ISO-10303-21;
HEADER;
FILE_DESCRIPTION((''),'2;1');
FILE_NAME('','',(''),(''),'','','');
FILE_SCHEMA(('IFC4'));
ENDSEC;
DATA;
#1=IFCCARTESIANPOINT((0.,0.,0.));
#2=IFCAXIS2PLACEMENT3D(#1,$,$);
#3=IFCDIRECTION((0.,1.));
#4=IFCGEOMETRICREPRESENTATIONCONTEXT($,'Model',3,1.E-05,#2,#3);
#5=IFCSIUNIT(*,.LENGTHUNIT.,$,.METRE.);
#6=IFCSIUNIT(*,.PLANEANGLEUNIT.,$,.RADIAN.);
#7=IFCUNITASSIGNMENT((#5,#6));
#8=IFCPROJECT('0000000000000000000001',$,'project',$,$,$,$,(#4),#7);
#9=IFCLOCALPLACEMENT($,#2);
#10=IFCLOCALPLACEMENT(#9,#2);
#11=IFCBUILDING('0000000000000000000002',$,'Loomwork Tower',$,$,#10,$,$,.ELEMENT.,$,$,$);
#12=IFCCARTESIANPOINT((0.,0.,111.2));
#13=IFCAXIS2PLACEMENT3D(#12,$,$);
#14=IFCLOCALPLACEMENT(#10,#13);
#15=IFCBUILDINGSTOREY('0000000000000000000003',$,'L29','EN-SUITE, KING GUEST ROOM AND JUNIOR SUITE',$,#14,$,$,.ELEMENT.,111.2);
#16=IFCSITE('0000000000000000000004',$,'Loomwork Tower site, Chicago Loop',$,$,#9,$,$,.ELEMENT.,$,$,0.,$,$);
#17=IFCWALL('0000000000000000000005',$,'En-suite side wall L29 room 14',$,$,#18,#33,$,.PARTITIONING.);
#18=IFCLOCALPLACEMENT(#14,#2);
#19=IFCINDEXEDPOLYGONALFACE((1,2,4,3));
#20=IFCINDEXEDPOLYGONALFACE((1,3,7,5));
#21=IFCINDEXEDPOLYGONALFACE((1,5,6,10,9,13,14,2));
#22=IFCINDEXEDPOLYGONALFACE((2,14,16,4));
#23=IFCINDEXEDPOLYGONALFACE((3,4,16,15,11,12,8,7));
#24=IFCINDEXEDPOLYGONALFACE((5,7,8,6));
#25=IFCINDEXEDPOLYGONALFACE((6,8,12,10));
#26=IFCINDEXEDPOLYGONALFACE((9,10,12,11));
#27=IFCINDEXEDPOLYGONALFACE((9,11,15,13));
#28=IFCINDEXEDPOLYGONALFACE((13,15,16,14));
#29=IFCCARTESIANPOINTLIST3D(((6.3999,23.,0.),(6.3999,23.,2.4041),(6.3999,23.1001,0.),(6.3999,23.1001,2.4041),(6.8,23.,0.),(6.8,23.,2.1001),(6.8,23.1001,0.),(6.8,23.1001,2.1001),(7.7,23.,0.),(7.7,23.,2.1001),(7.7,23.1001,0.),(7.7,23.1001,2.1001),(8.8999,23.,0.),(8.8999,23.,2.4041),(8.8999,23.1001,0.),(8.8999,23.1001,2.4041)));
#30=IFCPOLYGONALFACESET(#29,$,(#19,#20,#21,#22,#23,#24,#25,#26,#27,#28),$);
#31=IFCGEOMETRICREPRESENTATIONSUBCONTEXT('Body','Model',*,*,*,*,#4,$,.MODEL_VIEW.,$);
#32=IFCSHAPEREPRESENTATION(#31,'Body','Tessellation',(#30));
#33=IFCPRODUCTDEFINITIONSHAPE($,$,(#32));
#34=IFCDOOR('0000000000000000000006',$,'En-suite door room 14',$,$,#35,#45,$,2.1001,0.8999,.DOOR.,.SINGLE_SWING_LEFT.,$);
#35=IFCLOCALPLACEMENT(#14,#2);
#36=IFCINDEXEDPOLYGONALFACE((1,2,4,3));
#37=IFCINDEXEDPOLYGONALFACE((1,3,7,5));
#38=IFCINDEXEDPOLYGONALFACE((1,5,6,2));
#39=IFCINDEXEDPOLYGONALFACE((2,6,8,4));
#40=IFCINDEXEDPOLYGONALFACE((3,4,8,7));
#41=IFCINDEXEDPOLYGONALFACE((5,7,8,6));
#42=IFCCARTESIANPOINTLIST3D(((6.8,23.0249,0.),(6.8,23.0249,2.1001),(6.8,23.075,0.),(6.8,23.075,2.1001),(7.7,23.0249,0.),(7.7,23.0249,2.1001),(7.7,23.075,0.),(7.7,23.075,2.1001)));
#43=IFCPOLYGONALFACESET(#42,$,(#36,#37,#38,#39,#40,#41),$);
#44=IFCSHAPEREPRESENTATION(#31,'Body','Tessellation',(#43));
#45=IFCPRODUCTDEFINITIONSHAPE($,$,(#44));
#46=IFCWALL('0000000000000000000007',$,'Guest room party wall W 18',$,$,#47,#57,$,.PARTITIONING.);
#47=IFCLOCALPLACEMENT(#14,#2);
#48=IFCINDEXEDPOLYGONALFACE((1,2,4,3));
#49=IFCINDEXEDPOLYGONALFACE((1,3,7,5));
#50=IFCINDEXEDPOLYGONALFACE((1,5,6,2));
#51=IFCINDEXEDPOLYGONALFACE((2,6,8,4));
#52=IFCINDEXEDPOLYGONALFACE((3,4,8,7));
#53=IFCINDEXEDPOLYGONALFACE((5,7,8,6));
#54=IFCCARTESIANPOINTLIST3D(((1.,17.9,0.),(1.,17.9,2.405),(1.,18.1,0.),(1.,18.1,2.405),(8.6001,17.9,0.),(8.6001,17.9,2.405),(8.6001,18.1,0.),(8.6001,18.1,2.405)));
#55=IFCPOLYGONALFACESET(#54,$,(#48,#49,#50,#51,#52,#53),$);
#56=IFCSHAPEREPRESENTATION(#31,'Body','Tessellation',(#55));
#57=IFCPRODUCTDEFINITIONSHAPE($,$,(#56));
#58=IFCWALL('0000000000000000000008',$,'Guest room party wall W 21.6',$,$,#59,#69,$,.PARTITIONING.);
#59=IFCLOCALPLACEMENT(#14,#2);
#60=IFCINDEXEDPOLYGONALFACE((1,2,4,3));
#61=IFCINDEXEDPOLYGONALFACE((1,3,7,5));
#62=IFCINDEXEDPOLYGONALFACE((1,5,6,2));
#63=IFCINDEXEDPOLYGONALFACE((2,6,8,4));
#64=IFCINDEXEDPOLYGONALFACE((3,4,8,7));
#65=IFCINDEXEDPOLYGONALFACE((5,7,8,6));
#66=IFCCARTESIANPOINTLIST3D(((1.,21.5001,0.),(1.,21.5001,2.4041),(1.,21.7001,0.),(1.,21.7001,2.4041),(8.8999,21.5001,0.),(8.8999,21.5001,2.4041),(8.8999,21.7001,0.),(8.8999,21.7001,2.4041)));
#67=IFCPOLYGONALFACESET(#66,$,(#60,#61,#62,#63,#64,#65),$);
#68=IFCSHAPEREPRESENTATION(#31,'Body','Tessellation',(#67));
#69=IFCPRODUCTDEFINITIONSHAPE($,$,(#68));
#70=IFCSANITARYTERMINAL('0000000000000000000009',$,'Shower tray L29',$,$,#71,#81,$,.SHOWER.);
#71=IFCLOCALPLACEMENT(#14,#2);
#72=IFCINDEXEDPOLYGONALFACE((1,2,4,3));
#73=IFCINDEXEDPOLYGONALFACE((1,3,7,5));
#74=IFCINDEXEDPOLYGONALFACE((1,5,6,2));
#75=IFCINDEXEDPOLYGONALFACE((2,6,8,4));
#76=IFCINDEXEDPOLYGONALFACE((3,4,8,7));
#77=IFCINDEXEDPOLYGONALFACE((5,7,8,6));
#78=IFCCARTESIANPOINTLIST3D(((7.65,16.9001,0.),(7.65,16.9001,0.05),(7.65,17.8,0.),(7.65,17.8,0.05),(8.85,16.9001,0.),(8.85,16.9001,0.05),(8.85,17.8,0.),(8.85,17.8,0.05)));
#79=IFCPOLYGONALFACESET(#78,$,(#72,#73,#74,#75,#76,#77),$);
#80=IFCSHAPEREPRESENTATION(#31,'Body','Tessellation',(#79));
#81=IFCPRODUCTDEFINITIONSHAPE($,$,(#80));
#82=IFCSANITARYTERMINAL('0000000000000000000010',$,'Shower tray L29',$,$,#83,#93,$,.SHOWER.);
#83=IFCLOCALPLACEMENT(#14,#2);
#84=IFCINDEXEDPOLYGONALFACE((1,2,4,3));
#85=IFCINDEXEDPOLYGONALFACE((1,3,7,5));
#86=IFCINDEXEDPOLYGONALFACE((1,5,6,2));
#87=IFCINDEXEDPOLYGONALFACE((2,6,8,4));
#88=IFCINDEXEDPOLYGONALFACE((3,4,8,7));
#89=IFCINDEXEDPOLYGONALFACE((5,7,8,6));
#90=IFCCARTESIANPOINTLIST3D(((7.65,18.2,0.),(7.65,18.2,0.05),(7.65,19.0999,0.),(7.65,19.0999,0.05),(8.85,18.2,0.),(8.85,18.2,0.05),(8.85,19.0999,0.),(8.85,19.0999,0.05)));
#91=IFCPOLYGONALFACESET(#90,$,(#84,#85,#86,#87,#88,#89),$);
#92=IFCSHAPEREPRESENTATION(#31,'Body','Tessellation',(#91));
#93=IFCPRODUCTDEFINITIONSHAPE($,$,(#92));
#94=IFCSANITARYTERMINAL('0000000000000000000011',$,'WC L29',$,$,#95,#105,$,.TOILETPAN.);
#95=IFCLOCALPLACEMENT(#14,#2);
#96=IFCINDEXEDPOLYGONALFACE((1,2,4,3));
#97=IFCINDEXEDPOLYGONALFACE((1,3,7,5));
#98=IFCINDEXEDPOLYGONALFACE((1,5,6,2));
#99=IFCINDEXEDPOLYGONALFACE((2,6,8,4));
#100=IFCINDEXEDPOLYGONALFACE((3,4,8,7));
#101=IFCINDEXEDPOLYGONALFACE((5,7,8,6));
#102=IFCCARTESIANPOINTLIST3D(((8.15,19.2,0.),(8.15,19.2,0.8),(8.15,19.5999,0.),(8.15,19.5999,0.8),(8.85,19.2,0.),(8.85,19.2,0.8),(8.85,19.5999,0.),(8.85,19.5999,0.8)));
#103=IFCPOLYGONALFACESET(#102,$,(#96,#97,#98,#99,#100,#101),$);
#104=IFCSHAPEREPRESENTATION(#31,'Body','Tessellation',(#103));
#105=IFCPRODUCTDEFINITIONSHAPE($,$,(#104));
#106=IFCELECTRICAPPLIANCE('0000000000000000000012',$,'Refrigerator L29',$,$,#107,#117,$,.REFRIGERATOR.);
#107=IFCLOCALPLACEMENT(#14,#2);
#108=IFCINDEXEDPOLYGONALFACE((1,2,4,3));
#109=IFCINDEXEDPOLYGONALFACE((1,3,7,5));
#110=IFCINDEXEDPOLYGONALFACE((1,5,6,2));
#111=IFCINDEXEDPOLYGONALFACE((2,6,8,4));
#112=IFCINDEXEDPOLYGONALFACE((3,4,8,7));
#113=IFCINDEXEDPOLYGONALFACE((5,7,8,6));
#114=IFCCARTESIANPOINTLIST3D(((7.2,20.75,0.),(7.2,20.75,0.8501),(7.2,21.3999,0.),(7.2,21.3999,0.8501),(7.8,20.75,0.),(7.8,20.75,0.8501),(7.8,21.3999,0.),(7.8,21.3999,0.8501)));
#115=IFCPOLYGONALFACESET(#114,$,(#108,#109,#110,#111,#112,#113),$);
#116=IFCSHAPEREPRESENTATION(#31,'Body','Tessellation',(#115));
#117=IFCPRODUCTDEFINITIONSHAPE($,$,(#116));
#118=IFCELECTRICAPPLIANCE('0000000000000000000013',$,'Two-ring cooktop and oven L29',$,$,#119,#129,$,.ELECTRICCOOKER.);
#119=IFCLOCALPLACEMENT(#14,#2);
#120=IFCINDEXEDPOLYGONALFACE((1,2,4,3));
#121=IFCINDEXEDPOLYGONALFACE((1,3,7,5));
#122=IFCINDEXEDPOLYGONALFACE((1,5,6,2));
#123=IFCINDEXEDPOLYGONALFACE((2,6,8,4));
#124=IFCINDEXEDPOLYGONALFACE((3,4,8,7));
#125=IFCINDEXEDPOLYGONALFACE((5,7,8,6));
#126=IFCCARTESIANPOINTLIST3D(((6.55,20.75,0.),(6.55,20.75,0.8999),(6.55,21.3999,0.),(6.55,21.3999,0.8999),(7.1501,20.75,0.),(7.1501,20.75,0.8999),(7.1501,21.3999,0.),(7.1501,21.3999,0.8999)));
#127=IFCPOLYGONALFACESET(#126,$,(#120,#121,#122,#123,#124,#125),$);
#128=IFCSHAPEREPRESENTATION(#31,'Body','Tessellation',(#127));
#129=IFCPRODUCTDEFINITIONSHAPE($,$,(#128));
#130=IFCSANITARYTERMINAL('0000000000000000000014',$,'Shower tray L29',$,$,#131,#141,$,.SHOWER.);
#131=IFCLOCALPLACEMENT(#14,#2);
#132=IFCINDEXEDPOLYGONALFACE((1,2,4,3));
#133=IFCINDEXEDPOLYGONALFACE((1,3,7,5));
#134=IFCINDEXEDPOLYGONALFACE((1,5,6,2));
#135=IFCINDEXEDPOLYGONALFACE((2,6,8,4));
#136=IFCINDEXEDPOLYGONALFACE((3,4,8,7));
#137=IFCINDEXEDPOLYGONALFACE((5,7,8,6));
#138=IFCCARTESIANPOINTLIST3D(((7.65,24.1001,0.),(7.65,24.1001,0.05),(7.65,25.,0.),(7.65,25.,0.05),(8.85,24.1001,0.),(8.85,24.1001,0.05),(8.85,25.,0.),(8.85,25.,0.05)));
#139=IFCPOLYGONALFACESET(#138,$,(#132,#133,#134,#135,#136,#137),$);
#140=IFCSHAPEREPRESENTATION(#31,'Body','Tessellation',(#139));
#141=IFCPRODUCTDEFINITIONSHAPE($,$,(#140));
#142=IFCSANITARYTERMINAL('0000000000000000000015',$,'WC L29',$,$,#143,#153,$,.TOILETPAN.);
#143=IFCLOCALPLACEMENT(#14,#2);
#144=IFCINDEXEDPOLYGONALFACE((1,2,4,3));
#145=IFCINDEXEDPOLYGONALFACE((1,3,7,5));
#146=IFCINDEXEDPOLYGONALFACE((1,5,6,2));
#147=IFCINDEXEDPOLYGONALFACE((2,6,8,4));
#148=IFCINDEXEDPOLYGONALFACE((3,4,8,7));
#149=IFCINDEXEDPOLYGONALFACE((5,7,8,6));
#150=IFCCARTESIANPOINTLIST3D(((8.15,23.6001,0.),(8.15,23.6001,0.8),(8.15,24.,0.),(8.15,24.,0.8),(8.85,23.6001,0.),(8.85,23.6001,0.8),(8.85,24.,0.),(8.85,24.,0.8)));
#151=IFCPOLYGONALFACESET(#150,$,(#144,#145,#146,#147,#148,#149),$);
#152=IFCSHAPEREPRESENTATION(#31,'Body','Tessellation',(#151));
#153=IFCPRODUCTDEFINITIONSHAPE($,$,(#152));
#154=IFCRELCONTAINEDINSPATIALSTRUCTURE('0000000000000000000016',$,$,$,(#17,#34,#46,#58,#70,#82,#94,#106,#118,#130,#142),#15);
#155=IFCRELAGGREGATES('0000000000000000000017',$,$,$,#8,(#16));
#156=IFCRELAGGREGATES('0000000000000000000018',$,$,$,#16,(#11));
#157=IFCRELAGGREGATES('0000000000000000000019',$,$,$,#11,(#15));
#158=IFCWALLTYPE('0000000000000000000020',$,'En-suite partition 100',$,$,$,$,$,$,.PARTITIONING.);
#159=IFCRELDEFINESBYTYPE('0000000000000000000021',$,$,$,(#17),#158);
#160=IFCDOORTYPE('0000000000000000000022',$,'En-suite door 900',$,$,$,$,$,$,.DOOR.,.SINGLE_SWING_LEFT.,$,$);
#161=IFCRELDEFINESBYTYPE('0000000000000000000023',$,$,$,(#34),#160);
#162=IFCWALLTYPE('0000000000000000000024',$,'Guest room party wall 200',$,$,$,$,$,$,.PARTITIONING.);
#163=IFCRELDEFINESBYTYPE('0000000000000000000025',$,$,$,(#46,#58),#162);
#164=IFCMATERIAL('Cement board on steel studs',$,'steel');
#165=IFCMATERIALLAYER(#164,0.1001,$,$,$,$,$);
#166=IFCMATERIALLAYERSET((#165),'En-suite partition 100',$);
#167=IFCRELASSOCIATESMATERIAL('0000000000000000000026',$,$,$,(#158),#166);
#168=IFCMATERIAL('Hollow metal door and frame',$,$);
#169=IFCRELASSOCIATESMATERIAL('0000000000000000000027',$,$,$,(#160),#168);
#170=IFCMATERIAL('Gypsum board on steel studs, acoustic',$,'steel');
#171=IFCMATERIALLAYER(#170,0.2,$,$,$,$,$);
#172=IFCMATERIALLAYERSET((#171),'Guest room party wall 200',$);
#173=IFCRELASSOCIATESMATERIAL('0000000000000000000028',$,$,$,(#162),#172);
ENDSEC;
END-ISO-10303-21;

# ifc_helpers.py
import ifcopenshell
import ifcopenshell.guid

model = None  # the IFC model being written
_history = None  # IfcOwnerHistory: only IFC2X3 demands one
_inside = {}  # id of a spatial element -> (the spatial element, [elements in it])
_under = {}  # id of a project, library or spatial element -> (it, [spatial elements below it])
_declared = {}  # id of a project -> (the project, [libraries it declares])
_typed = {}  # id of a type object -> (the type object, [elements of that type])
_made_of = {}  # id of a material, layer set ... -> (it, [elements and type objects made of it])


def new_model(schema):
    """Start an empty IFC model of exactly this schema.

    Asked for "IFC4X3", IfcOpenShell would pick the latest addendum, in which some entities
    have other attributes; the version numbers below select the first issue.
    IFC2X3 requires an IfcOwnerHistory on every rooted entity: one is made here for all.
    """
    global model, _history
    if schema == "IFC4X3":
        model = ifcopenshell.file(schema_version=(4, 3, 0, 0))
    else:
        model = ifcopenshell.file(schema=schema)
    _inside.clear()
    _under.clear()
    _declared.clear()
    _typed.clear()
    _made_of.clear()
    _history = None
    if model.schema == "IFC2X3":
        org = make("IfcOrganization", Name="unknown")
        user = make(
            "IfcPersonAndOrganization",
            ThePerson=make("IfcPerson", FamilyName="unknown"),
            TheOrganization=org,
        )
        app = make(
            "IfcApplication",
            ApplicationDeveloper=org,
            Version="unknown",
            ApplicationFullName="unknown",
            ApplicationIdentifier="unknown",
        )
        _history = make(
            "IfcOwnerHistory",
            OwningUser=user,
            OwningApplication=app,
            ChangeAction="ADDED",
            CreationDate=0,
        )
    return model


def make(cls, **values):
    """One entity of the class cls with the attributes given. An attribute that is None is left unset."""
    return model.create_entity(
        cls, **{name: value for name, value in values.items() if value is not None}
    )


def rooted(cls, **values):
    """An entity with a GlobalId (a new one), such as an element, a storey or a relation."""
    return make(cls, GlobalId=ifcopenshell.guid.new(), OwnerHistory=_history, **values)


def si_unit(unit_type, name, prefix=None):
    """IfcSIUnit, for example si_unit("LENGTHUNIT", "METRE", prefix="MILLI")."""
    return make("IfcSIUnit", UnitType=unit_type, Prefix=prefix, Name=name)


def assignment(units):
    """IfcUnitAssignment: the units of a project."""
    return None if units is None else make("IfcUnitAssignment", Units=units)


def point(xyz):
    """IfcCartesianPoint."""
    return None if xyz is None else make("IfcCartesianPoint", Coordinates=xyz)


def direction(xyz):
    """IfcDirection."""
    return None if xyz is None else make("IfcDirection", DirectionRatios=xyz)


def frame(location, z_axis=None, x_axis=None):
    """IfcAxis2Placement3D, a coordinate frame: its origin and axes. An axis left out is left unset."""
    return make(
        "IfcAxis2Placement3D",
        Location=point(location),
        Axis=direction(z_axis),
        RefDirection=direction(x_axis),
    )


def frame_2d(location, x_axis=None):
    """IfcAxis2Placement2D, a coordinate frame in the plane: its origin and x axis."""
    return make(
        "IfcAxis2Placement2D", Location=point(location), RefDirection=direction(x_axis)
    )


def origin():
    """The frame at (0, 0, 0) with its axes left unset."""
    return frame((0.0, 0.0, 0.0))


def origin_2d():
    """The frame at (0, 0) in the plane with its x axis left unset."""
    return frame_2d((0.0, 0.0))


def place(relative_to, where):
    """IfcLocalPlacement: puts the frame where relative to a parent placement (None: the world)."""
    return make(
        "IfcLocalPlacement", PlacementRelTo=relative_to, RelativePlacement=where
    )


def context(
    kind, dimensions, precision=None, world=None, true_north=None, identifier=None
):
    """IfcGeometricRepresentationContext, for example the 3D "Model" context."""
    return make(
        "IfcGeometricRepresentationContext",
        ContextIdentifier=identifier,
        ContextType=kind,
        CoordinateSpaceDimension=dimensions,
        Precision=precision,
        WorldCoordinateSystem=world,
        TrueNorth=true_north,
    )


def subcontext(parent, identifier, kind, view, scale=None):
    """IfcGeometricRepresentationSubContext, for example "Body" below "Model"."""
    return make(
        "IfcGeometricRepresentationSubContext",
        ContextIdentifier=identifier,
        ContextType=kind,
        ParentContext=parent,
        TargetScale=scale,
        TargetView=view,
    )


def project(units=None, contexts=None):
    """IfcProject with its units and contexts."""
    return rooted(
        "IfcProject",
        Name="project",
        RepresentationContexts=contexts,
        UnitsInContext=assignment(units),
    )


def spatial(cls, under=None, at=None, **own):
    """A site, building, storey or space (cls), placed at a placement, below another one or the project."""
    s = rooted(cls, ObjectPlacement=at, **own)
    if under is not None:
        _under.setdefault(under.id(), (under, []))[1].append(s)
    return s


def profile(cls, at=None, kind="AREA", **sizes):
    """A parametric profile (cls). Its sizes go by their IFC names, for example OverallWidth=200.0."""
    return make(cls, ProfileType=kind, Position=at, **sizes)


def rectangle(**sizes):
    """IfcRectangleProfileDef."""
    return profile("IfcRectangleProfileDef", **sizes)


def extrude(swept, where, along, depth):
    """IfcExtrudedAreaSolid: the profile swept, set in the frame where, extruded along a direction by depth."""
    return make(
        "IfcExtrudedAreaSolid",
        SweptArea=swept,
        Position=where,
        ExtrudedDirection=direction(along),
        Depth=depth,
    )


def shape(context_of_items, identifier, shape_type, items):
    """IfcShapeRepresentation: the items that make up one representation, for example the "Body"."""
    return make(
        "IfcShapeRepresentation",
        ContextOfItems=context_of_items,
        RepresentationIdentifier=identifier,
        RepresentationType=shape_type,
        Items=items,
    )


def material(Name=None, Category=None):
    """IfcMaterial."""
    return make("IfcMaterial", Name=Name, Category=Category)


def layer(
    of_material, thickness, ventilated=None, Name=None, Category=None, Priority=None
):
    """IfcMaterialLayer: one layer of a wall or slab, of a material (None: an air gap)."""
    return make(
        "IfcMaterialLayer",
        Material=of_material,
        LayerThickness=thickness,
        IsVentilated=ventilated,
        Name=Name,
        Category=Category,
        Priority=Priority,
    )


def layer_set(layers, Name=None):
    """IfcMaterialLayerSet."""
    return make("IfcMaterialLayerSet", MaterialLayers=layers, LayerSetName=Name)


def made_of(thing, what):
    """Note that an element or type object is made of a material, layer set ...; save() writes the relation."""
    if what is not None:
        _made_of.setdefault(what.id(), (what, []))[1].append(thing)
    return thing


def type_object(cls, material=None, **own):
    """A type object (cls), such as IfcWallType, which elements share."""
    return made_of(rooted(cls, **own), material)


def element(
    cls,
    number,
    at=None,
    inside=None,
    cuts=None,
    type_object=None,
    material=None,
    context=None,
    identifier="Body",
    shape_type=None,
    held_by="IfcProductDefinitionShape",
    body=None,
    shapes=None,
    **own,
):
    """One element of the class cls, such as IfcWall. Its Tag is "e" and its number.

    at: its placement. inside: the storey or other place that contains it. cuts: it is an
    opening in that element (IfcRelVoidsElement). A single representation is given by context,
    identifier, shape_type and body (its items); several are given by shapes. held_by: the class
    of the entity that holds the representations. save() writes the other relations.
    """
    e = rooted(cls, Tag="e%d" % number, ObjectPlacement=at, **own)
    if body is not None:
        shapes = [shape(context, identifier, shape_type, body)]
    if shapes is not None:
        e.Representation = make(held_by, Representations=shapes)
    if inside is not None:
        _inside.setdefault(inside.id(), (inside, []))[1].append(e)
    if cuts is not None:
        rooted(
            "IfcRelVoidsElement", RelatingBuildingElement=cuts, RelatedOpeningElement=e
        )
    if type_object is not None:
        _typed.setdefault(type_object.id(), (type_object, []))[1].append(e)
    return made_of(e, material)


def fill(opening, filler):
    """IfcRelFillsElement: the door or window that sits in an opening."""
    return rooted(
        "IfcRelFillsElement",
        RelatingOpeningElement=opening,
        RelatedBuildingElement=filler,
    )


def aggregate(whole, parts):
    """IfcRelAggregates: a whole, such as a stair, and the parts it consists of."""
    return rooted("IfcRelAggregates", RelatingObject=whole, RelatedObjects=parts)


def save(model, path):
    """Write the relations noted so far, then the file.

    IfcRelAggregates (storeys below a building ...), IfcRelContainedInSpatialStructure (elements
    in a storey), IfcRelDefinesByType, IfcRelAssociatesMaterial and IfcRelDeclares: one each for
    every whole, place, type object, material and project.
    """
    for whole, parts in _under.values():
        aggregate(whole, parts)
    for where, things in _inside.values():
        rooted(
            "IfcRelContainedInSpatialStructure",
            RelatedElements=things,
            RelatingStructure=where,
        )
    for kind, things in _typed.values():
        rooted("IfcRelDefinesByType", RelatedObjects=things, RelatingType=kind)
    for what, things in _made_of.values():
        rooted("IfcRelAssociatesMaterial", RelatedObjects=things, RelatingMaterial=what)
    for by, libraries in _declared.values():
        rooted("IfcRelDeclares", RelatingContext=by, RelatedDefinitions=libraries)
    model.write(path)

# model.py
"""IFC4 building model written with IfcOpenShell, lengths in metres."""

from ifc_helpers import new_model, si_unit, direction, frame, frame_2d, origin, origin_2d, place, context, subcontext, project, spatial, rectangle, extrude, material, layer, layer_set, type_object, element, fill, save


model = new_model("IFC4")

# Units and contexts
model_context = context("Model", 3, precision=1e-05, world=origin(), true_north=direction((0.0, 1.0)))
body_context = subcontext(model_context, "Body", "Model", "MODEL_VIEW")
ifc_project = project(units=[si_unit("LENGTHUNIT", "METRE"), si_unit("PLANEANGLEUNIT", "RADIAN")], contexts=[model_context])

# Site, building, storey
site_placement = place(None, origin())
site = spatial("IfcSite", under=ifc_project, at=site_placement, Name="Loomwork Tower site, Chicago Loop", CompositionType="ELEMENT", RefElevation=0.0)
building_placement = place(site_placement, origin())
building = spatial("IfcBuilding", under=site, at=building_placement, Name="Loomwork Tower", CompositionType="ELEMENT")
storey_placement = place(building_placement, frame((0.0, 0.0, 111.2)))
storey = spatial("IfcBuildingStorey", under=building, at=storey_placement, Name="L29", Description="EN-SUITE, KING GUEST ROOM AND JUNIOR SUITE", CompositionType="ELEMENT", Elevation=111.2)

# Wall, opening, door
ifc_material_1 = material(Name="Cement board on steel studs", Category="steel")
ifc_layer_1 = layer(ifc_material_1, 0.1001)
ifc_layer_set_1 = layer_set([ifc_layer_1], Name="En-suite partition 100")
wall_type_1 = type_object("IfcWallType", Name="En-suite partition 100", PredefinedType="PARTITIONING", material=ifc_layer_set_1)
ifc_material_2 = material(Name="Hollow metal door and frame")
door_type_1 = type_object("IfcDoorType", Name="En-suite door 900", OperationType="SINGLE_SWING_LEFT", PredefinedType="DOOR", material=ifc_material_2)
wall_1_placement = place(storey_placement, frame((8.8999, 23.05, 0.0), z_axis=(0.0, 0.0, 1.0), x_axis=(-1.0, 0.0, 0.0)))
wall_1 = element("IfcWall", 1, at=wall_1_placement, inside=storey, type_object=wall_type_1, Name="En-suite side wall L29 room 14", PredefinedType="PARTITIONING", context=body_context, shape_type="SweptSolid", body=[
    extrude(rectangle(XDim=2.5, YDim=0.1001, at=frame_2d((1.25, 0.0))), origin(), (0.0, 0.0, 1.0), 2.4041),
])
opening_1_placement = place(wall_1_placement, frame((1.2, 0.0, 0.0)))
opening_1 = element("IfcOpeningElement", 2, at=opening_1_placement, cuts=wall_1, PredefinedType="OPENING", context=body_context, shape_type="SweptSolid", body=[
    extrude(rectangle(XDim=0.8999, YDim=2.1001, at=frame_2d((0.45, 1.05))), frame((0.0, 0.0601, 0.0), z_axis=(0.0, -1.0, 0.0), x_axis=(1.0, 0.0, 0.0)), (0.0, 0.0, 1.0), 0.1201),
])
door_1_placement = place(opening_1_placement, frame((0.8999, 0.0, 0.0), z_axis=(0.0, 0.0, 1.0), x_axis=(-1.0, 0.0, 0.0)))
door_1 = element("IfcDoor", 3, at=door_1_placement, inside=storey, type_object=door_type_1, Name="En-suite door room 14", OperationType="SINGLE_SWING_LEFT", OverallHeight=2.1001, OverallWidth=0.8999, PredefinedType="DOOR", context=body_context, shape_type="SweptSolid", body=[
    extrude(rectangle(XDim=0.8999, YDim=2.1001, at=frame_2d((0.45, 1.05))), frame((0.0, 0.0249, 0.0), z_axis=(0.0, -1.0, 0.0), x_axis=(1.0, 0.0, 0.0)), (0.0, 0.0, 1.0), 0.05),
])
fill(opening_1, door_1)

# Walls
ifc_material_3 = material(Name="Gypsum board on steel studs, acoustic", Category="steel")
ifc_layer_2 = layer(ifc_material_3, 0.2)
ifc_layer_set_2 = layer_set([ifc_layer_2], Name="Guest room party wall 200")
wall_type_2 = type_object("IfcWallType", Name="Guest room party wall 200", PredefinedType="PARTITIONING", material=ifc_layer_set_2)
wall_2_placement = place(storey_placement, frame((8.6001, 18.0, 0.0), z_axis=(0.0, 0.0, 1.0), x_axis=(-1.0, 0.0, 0.0)))
element("IfcWall", 4, at=wall_2_placement, inside=storey, type_object=wall_type_2, Name="Guest room party wall W 18", PredefinedType="PARTITIONING", context=body_context, shape_type="SweptSolid", body=[
    extrude(rectangle(XDim=7.6001, YDim=0.2, at=frame_2d((3.8, 0.0))), origin(), (0.0, 0.0, 1.0), 2.405),
])
wall_3_placement = place(storey_placement, frame((8.8999, 21.6001, 0.0), z_axis=(0.0, 0.0, 1.0), x_axis=(-1.0, 0.0, 0.0)))
element("IfcWall", 5, at=wall_3_placement, inside=storey, type_object=wall_type_2, Name="Guest room party wall W 21.6", PredefinedType="PARTITIONING", context=body_context, shape_type="SweptSolid", body=[
    extrude(rectangle(XDim=7.8999, YDim=0.2, at=frame_2d((3.95, 0.0))), origin(), (0.0, 0.0, 1.0), 2.4041),
])

# Sanitary terminals
for number, where, z_axis, x_axis, name in (
    (6, (8.25, 17.3501, 0.0), (0.0, 0.0, 1.0), (1.0, 0.0, 0.0), "Shower tray L29"),
    (7, (8.25, 18.6499, 0.0), (0.0, 0.0, 1.0), (1.0, 0.0, 0.0), "Shower tray L29"),
):
    element("IfcSanitaryTerminal", number, at=place(storey_placement, frame(where, z_axis=z_axis, x_axis=x_axis)), inside=storey, Name=name, PredefinedType="SHOWER", context=body_context, shape_type="SweptSolid", body=[
        extrude(rectangle(XDim=1.2, YDim=0.8999, at=origin_2d()), origin(), (0.0, 0.0, 1.0), 0.05),
    ])
sanitary_terminal_1_placement = place(storey_placement, frame((8.5, 19.3999, 0.0), z_axis=(0.0, 0.0, 1.0), x_axis=(1.0, 0.0, 0.0)))
element("IfcSanitaryTerminal", 8, at=sanitary_terminal_1_placement, inside=storey, Name="WC L29", PredefinedType="TOILETPAN", context=body_context, shape_type="SweptSolid", body=[
    extrude(rectangle(XDim=0.7, YDim=0.3999, at=origin_2d()), origin(), (0.0, 0.0, 1.0), 0.8),
])

# Electric appliances
electric_appliance_1_placement = place(storey_placement, frame((7.5, 21.075, 0.0), z_axis=(0.0, 0.0, 1.0), x_axis=(1.0, 0.0, 0.0)))
element("IfcElectricAppliance", 9, at=electric_appliance_1_placement, inside=storey, Name="Refrigerator L29", PredefinedType="REFRIGERATOR", context=body_context, shape_type="SweptSolid", body=[
    extrude(rectangle(XDim=0.6001, YDim=0.6499, at=origin_2d()), origin(), (0.0, 0.0, 1.0), 0.8501),
])
electric_appliance_2_placement = place(storey_placement, frame((6.8501, 21.075, 0.0), z_axis=(0.0, 0.0, 1.0), x_axis=(1.0, 0.0, 0.0)))
element("IfcElectricAppliance", 10, at=electric_appliance_2_placement, inside=storey, Name="Two-ring cooktop and oven L29", PredefinedType="ELECTRICCOOKER", context=body_context, shape_type="SweptSolid", body=[
    extrude(rectangle(XDim=0.6001, YDim=0.6499, at=origin_2d()), origin(), (0.0, 0.0, 1.0), 0.8999),
])

# Sanitary terminals
sanitary_terminal_2_placement = place(storey_placement, frame((8.25, 24.55, 0.0), z_axis=(0.0, 0.0, 1.0), x_axis=(1.0, 0.0, 0.0)))
element("IfcSanitaryTerminal", 11, at=sanitary_terminal_2_placement, inside=storey, Name="Shower tray L29", PredefinedType="SHOWER", context=body_context, shape_type="SweptSolid", body=[
    extrude(rectangle(XDim=1.2, YDim=0.8999, at=origin_2d()), origin(), (0.0, 0.0, 1.0), 0.05),
])
sanitary_terminal_3_placement = place(storey_placement, frame((8.5, 23.8, 0.0), z_axis=(0.0, 0.0, 1.0), x_axis=(1.0, 0.0, 0.0)))
element("IfcSanitaryTerminal", 12, at=sanitary_terminal_3_placement, inside=storey, Name="WC L29", PredefinedType="TOILETPAN", context=body_context, shape_type="SweptSolid", body=[
    extrude(rectangle(XDim=0.7, YDim=0.3999, at=origin_2d()), origin(), (0.0, 0.0, 1.0), 0.8),
])

save(model, "model.ifc")
